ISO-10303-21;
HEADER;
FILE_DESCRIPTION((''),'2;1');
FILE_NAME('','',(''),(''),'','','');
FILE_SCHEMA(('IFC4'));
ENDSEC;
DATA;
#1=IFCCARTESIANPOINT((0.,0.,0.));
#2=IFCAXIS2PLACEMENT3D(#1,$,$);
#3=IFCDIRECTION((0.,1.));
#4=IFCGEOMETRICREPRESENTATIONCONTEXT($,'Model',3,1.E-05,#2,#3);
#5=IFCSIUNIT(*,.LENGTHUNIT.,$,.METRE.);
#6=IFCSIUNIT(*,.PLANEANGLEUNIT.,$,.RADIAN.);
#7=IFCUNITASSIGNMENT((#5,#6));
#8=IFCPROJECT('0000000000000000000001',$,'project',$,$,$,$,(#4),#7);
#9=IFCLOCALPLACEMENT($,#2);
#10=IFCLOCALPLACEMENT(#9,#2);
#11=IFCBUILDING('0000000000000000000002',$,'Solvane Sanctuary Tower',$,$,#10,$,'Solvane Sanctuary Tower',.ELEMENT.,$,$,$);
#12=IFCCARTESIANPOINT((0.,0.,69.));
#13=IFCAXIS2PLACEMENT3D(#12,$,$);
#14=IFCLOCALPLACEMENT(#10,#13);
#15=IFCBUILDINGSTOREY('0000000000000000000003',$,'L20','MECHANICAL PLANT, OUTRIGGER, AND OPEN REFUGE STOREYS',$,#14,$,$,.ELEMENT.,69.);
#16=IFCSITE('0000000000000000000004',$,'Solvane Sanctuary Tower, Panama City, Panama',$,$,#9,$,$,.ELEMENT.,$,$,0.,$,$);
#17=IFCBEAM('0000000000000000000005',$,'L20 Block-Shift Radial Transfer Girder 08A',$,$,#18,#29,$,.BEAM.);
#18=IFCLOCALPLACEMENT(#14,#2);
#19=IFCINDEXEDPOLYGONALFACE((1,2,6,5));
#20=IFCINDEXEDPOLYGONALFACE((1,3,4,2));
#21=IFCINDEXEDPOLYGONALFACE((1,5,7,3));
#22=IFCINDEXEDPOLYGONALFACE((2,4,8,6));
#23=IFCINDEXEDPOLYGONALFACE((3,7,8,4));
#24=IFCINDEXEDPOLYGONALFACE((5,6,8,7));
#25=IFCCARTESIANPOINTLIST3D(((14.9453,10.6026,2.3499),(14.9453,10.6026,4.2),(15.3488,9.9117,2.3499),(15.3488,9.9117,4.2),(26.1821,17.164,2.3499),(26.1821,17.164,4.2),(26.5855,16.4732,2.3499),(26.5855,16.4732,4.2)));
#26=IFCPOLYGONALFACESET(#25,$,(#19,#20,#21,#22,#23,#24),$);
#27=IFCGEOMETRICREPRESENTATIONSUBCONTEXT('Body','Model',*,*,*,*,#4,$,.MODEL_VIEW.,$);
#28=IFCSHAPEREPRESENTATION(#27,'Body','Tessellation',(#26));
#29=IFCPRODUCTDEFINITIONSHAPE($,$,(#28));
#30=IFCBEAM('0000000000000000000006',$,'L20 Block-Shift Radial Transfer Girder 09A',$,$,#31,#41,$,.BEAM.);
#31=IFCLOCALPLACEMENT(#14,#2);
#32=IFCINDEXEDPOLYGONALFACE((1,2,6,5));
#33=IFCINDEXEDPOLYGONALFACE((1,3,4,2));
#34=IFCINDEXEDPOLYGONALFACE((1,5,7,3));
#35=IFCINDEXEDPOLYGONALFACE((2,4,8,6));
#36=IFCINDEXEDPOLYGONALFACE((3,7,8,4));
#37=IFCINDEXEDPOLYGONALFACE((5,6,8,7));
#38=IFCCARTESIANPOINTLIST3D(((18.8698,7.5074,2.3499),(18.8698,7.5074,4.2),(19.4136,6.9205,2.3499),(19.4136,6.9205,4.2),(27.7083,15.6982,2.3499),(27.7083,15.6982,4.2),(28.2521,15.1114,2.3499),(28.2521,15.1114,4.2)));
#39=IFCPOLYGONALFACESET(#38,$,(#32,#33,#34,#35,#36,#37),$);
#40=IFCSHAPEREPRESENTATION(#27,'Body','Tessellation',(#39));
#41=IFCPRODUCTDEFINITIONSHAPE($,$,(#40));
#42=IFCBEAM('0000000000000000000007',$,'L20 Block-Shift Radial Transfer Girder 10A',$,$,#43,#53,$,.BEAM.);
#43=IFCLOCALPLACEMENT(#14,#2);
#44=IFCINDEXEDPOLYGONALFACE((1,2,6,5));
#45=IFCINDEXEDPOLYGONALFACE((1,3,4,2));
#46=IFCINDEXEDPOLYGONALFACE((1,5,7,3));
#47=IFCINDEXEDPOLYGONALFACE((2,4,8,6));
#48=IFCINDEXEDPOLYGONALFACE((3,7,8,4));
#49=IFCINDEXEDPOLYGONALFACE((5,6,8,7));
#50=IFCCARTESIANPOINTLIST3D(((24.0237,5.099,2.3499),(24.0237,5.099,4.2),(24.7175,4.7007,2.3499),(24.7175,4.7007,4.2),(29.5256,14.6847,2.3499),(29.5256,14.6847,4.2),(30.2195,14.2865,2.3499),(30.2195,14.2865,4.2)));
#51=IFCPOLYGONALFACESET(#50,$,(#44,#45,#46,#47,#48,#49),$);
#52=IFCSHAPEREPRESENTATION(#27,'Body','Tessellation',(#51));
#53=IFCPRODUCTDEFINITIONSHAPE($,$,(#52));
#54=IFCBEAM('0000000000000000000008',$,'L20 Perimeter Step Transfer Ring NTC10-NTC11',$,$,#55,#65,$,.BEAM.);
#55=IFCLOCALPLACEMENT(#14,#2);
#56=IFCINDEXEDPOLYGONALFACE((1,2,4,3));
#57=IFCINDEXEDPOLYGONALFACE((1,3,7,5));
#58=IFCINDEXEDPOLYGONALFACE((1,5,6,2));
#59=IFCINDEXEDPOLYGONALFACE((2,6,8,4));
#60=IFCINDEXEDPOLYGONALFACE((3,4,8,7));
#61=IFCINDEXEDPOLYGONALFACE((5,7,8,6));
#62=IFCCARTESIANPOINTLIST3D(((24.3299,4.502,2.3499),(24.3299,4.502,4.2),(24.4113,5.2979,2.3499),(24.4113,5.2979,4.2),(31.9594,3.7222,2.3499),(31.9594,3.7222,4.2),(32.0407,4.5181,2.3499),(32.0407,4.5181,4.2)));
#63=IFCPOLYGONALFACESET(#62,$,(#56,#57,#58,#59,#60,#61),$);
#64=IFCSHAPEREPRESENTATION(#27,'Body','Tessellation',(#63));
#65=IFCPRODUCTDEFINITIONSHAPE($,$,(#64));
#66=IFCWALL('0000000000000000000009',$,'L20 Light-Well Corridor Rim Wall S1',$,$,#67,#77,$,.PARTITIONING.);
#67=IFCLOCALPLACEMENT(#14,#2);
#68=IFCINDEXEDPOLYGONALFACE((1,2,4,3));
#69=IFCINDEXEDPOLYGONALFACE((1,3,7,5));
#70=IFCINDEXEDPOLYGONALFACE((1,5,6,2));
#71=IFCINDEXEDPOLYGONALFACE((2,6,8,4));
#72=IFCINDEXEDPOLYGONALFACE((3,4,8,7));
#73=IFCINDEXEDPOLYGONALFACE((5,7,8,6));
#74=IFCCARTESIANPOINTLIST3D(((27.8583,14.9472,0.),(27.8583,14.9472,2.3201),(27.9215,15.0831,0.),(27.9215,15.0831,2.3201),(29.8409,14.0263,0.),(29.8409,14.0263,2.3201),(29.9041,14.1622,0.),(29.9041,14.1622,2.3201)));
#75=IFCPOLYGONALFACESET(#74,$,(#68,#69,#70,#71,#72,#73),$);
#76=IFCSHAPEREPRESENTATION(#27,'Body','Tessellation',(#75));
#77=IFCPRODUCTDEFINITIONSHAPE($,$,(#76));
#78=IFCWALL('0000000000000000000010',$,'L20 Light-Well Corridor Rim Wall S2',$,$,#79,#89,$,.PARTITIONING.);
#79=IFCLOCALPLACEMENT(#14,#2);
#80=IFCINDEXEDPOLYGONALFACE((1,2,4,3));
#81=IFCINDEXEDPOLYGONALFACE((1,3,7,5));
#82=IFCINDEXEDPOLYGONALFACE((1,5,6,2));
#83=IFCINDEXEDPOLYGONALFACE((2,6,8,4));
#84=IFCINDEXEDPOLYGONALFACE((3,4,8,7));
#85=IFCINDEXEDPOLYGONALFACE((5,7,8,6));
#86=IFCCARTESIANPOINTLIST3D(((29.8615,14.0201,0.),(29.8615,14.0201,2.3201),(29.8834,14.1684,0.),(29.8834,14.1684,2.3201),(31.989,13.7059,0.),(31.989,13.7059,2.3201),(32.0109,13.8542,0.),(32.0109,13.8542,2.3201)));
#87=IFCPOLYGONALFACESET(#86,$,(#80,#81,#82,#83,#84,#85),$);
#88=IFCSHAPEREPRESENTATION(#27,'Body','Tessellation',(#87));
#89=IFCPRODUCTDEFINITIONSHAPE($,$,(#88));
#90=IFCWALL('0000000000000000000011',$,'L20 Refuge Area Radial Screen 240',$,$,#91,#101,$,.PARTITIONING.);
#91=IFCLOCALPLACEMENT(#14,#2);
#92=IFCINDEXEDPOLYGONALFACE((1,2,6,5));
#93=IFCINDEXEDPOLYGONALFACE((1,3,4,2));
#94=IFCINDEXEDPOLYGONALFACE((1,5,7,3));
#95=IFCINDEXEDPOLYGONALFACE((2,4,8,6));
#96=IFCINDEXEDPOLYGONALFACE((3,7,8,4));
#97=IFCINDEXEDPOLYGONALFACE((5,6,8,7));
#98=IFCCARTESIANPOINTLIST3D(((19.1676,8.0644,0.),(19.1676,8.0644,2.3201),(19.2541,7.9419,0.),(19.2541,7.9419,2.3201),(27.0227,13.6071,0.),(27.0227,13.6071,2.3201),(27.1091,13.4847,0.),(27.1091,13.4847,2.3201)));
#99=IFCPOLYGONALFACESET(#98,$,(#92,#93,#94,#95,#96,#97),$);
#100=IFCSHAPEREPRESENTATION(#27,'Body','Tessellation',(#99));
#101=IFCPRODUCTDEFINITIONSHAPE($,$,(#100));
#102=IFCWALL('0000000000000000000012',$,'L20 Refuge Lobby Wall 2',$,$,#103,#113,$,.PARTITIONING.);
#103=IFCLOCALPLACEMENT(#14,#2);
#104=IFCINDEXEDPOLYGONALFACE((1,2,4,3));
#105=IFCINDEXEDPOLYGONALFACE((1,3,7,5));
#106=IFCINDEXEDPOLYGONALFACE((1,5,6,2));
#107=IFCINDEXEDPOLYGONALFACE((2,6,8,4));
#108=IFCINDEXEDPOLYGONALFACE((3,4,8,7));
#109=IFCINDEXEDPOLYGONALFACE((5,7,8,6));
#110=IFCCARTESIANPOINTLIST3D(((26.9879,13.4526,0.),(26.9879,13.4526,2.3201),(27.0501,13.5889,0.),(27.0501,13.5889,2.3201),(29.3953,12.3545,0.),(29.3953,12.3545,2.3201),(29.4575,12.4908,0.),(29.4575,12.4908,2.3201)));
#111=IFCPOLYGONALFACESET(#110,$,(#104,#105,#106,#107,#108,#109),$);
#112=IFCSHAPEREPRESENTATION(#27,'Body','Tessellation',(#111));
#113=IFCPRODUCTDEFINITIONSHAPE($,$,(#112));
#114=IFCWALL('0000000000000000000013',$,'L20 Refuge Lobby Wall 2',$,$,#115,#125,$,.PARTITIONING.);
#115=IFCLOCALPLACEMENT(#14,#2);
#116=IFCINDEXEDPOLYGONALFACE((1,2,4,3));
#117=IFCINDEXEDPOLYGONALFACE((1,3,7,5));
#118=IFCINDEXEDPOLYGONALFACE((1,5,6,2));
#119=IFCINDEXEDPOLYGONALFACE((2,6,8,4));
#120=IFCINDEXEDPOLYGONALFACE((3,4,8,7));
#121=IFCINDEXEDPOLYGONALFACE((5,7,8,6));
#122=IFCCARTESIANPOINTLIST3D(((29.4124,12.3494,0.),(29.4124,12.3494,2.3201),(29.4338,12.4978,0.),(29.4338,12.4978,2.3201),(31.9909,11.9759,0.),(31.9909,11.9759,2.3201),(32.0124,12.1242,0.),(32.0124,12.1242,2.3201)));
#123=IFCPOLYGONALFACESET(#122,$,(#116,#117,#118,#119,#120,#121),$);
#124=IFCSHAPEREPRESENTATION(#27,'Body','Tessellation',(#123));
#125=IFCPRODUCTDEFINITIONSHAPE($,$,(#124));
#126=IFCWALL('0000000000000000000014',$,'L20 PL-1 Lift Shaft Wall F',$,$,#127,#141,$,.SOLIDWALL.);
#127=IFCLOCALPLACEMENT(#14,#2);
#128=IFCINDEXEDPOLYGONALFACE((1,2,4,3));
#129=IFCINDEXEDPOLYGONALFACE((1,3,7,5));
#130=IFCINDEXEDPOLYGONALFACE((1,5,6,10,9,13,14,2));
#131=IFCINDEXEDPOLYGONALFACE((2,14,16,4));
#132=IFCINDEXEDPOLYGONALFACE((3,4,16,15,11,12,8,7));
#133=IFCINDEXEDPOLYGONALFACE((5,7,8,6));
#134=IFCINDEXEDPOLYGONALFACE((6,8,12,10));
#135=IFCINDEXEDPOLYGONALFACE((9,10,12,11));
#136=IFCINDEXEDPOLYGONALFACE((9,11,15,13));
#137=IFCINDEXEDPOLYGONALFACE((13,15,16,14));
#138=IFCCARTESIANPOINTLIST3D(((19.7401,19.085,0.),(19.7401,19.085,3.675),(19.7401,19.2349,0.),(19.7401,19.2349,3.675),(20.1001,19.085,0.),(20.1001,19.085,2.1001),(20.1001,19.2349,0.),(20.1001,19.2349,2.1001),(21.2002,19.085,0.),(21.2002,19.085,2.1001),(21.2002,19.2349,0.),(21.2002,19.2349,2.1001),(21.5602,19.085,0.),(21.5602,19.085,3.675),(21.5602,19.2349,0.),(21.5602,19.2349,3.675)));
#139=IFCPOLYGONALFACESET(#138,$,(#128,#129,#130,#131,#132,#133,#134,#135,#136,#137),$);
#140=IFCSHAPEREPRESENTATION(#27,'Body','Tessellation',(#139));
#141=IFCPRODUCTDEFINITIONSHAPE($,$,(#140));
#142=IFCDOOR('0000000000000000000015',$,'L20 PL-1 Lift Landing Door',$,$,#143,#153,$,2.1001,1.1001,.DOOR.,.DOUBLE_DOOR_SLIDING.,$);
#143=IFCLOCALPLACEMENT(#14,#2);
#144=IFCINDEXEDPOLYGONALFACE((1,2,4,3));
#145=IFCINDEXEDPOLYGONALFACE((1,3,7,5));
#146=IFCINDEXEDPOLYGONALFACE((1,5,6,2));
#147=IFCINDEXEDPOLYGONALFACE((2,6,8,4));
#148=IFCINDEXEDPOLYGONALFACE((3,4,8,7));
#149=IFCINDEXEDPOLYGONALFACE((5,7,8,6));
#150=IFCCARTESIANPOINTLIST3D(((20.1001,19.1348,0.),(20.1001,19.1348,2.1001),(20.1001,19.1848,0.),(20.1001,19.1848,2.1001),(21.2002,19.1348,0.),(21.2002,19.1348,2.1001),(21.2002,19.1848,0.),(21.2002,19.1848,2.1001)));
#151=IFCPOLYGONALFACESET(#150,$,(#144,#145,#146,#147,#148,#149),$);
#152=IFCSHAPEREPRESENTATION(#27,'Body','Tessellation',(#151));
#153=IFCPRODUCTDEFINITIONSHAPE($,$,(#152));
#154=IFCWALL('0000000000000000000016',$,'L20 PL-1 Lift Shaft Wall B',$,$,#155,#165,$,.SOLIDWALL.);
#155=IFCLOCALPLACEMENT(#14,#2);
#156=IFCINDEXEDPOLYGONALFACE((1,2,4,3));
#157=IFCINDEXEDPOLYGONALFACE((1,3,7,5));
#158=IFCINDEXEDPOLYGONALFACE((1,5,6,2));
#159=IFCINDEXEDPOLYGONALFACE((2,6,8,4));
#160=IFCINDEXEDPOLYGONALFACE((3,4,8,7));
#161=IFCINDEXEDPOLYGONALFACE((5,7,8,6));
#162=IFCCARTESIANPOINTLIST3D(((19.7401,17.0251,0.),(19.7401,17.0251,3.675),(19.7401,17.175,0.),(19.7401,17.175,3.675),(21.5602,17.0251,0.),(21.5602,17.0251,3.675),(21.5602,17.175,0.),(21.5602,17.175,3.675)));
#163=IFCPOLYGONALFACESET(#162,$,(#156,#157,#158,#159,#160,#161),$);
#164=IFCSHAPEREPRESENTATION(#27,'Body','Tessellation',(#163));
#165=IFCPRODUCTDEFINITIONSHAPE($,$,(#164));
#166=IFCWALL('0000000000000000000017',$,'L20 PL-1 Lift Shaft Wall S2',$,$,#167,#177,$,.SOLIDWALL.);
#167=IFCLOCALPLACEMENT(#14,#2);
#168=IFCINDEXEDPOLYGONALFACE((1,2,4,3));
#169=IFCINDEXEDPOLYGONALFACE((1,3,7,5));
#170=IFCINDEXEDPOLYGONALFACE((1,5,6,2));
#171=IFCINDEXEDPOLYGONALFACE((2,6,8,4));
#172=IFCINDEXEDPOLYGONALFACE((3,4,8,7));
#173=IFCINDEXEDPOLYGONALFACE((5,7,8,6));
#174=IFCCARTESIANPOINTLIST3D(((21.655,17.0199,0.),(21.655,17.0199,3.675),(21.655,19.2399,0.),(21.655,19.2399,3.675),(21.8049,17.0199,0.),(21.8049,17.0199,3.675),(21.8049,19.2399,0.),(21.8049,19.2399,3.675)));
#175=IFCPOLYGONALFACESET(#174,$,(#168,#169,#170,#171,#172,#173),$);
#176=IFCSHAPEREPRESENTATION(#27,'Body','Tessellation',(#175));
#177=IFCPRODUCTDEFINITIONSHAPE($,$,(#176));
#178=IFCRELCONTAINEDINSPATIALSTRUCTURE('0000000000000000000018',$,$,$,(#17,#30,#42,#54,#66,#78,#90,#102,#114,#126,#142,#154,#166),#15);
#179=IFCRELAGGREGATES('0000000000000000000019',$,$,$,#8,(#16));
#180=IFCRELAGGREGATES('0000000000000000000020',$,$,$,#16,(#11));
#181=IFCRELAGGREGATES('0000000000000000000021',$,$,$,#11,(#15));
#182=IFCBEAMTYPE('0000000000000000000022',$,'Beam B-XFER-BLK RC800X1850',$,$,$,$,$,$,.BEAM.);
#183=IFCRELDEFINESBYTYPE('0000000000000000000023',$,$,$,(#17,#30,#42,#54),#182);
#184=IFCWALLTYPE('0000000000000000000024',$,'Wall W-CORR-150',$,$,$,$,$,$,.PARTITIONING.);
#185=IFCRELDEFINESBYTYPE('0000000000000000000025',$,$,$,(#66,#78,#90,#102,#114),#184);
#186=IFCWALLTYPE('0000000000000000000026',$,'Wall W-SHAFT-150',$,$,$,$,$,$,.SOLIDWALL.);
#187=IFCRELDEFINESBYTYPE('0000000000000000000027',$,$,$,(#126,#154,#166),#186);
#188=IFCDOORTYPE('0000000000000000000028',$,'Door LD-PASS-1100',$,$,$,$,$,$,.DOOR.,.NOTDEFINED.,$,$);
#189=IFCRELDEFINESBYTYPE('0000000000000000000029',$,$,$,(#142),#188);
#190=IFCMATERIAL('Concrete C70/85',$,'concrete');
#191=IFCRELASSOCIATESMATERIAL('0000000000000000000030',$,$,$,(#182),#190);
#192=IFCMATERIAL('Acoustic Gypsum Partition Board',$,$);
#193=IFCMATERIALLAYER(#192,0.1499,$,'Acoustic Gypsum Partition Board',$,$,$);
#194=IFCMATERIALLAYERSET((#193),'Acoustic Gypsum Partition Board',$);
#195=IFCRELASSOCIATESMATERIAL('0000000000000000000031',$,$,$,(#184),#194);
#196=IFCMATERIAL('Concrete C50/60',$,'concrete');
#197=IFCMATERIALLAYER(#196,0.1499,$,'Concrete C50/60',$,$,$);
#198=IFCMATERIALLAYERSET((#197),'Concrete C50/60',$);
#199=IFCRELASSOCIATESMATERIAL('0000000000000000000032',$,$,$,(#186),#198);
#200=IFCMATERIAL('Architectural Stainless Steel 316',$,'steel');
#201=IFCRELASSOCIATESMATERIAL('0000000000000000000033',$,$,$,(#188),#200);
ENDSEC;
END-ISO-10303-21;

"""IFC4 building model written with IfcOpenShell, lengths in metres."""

from ifc_helpers import new_model, si_unit, direction, frame, frame_2d, origin, origin_2d, place, context, subcontext, project, spatial, rectangle, extrude, material, layer, layer_set, material_profile, profile_set, type_object, element, fill, save


model = new_model("IFC4")

# Units and contexts
model_context = context("Model", 3, precision=1e-05, world=origin(), true_north=direction((0.0, 1.0)))
body_context = subcontext(model_context, "Body", "Model", "MODEL_VIEW")
ifc_project = project(units=[si_unit("LENGTHUNIT", "METRE"), si_unit("PLANEANGLEUNIT", "RADIAN")], contexts=[model_context])

# Site, building, storey
site_placement = place(None, origin())
site = spatial("IfcSite", under=ifc_project, at=site_placement, Name="Solvane Sanctuary Tower, Panama City, Panama", CompositionType="ELEMENT", RefElevation=0.0)
building_placement = place(site_placement, origin())
building = spatial("IfcBuilding", under=site, at=building_placement, Name="Solvane Sanctuary Tower", LongName="Solvane Sanctuary Tower", CompositionType="ELEMENT")
storey_placement = place(building_placement, frame((0.0, 0.0, 69.0)))
storey = spatial("IfcBuildingStorey", under=building, at=storey_placement, Name="L20", Description="MECHANICAL PLANT, OUTRIGGER, AND OPEN REFUGE STOREYS", CompositionType="ELEMENT", Elevation=69.0)

# Shared definitions
ifc_material_1 = material(Name="Concrete C70/85", Category="concrete")

# Beams
ifc_material_profile_1 = material_profile(ifc_material_1, rectangle(XDim=0.8, YDim=1.8501, at=origin_2d()), Name="RC800X1850")
ifc_profile_set_1 = profile_set([ifc_material_profile_1], Name="Concrete C70/85")
beam_type_1 = type_object("IfcBeamType", Name="Beam B-XFER-BLK RC800X1850", PredefinedType="BEAM", material=ifc_profile_set_1)
beam_1_placement = place(storey_placement, frame((26.3838, 16.8186, 3.2749), z_axis=(-0.863554, -0.504256, 0.0), x_axis=(0.504256, -0.863554, 0.0)))
element("IfcBeam", 1, at=beam_1_placement, inside=storey, type_object=beam_type_1, Name="L20 Block-Shift Radial Transfer Girder 08A", PredefinedType="BEAM", context=body_context, shape_type="SweptSolid", body=[
    extrude(rectangle(XDim=0.8, YDim=1.8501, at=origin_2d()), origin(), (0.0, 0.0, 1.0), 13.0122),
])
beam_2_placement = place(storey_placement, frame((27.9802, 15.4048, 3.2749), z_axis=(-0.733471, -0.679721, 0.0), x_axis=(0.679721, -0.733471, 0.0)))
element("IfcBeam", 2, at=beam_2_placement, inside=storey, type_object=beam_type_1, Name="L20 Block-Shift Radial Transfer Girder 09A", PredefinedType="BEAM", context=body_context, shape_type="SweptSolid", body=[
    extrude(rectangle(XDim=0.8, YDim=1.8501, at=origin_2d()), origin(), (0.0, 0.0, 1.0), 12.0503),
])
beam_3_placement = place(storey_placement, frame((29.8726, 14.4856, 3.2749), z_axis=(-0.497803, -0.86729, 0.0), x_axis=(0.86729, -0.497803, 0.0)))
element("IfcBeam", 3, at=beam_3_placement, inside=storey, type_object=beam_type_1, Name="L20 Block-Shift Radial Transfer Girder 10A", PredefinedType="BEAM", context=body_context, shape_type="SweptSolid", body=[
    extrude(rectangle(XDim=0.8, YDim=1.8501, at=origin_2d()), origin(), (0.0, 0.0, 1.0), 11.0525),
])
beam_4_placement = place(storey_placement, frame((24.3706, 4.8999, 3.2749), z_axis=(0.994817, -0.101678, 0.0), x_axis=(0.101678, 0.994817, 0.0)))
element("IfcBeam", 4, at=beam_4_placement, inside=storey, type_object=beam_type_1, Name="L20 Perimeter Step Transfer Ring NTC10-NTC11", PredefinedType="BEAM", context=body_context, shape_type="SweptSolid", body=[
    extrude(rectangle(XDim=0.8, YDim=1.8501, at=origin_2d()), origin(), (0.0, 0.0, 1.0), 7.6692),
])

# Walls
ifc_material_2 = material(Name="Acoustic Gypsum Partition Board")
ifc_layer_1 = layer(ifc_material_2, 0.1499, Name="Acoustic Gypsum Partition Board")
ifc_layer_set_1 = layer_set([ifc_layer_1], Name="Acoustic Gypsum Partition Board")
wall_type_1 = type_object("IfcWallType", Name="Wall W-CORR-150", PredefinedType="PARTITIONING", material=ifc_layer_set_1)
wall_1_placement = place(storey_placement, frame((27.8899, 15.0151, 0.0), z_axis=(0.0, 0.0, 1.0), x_axis=(0.906943, -0.421252, 0.0)))
element("IfcWall", 5, at=wall_1_placement, inside=storey, type_object=wall_type_1, Name="L20 Light-Well Corridor Rim Wall S1", PredefinedType="PARTITIONING", context=body_context, shape_type="SweptSolid", body=[
    extrude(rectangle(XDim=2.186, YDim=0.1499, at=frame_2d((1.093, 0.0))), origin(), (0.0, 0.0, 1.0), 2.3201),
])
wall_2_placement = place(storey_placement, frame((29.8726, 14.0942, 0.0), z_axis=(0.0, 0.0, 1.0), x_axis=(0.989269, -0.146108, 0.0)))
element("IfcWall", 6, at=wall_2_placement, inside=storey, type_object=wall_type_1, Name="L20 Light-Well Corridor Rim Wall S2", PredefinedType="PARTITIONING", context=body_context, shape_type="SweptSolid", body=[
    extrude(rectangle(XDim=2.1506, YDim=0.1499, at=frame_2d((1.0752, 0.0))), origin(), (0.0, 0.0, 1.0), 2.3201),
])
wall_3_placement = place(storey_placement, frame((27.0659, 13.5459, 0.0), z_axis=(0.0, 0.0, 1.0), x_axis=(-0.817064, -0.576547, 0.0)))
element("IfcWall", 7, at=wall_3_placement, inside=storey, type_object=wall_type_1, Name="L20 Refuge Area Radial Screen 240", PredefinedType="PARTITIONING", context=body_context, shape_type="SweptSolid", body=[
    extrude(rectangle(XDim=9.6138, YDim=0.1499, at=frame_2d((4.8069, 0.0))), origin(), (0.0, 0.0, 1.0), 2.3201),
])
wall_4_placement = place(storey_placement, frame((27.019, 13.5208, 0.0), z_axis=(0.0, 0.0, 1.0), x_axis=(0.909819, -0.415005, 0.0)))
element("IfcWall", 8, at=wall_4_placement, inside=storey, type_object=wall_type_1, Name="L20 Refuge Lobby Wall 2", PredefinedType="PARTITIONING", context=body_context, shape_type="SweptSolid", body=[
    extrude(rectangle(XDim=2.646, YDim=0.1499, at=frame_2d((1.323, 0.0))), origin(), (0.0, 0.0, 1.0), 2.3201),
])
wall_5_placement = place(storey_placement, frame((29.4231, 12.4236, 0.0), z_axis=(0.0, 0.0, 1.0), x_axis=(0.98967, -0.143363, 0.0)))
element("IfcWall", 9, at=wall_5_placement, inside=storey, type_object=wall_type_1, Name="L20 Refuge Lobby Wall 2", PredefinedType="PARTITIONING", context=body_context, shape_type="SweptSolid", body=[
    extrude(rectangle(XDim=2.6055, YDim=0.1499, at=frame_2d((1.3027, 0.0))), origin(), (0.0, 0.0, 1.0), 2.3201),
])

# Wall, opening, door
ifc_material_3 = material(Name="Concrete C50/60", Category="concrete")
ifc_layer_2 = layer(ifc_material_3, 0.1499, Name="Concrete C50/60")
ifc_layer_set_2 = layer_set([ifc_layer_2], Name="Concrete C50/60")
wall_type_2 = type_object("IfcWallType", Name="Wall W-SHAFT-150", PredefinedType="SOLIDWALL", material=ifc_layer_set_2)
wall_6_placement = place(storey_placement, frame((19.74, 19.1599, 0.0), z_axis=(0.0, 0.0, 1.0), x_axis=(1.0, 0.0, 0.0)))
wall_6 = element("IfcWall", 10, at=wall_6_placement, inside=storey, type_object=wall_type_2, Name="L20 PL-1 Lift Shaft Wall F", PredefinedType="SOLIDWALL", context=body_context, shape_type="SweptSolid", body=[
    extrude(rectangle(XDim=1.8201, YDim=0.1499, at=frame_2d((0.9102, 0.0))), origin(), (0.0, 0.0, 1.0), 3.675),
])
opening_1_placement = place(wall_6_placement, frame((0.3601, 0.0, 0.0)))
opening_1 = element("IfcOpeningElement", 11, at=opening_1_placement, cuts=wall_6, PredefinedType="OPENING", context=body_context, shape_type="SweptSolid", body=[
    extrude(rectangle(XDim=1.1001, YDim=2.1001, at=frame_2d((0.55, 1.05))), frame((0.0, 0.085, 0.0), z_axis=(0.0, -1.0, 0.0), x_axis=(1.0, 0.0, 0.0)), (0.0, 0.0, 1.0), 0.1699),
])
ifc_material_4 = material(Name="Architectural Stainless Steel 316", Category="steel")
door_type = type_object("IfcDoorType", Name="Door LD-PASS-1100", OperationType="NOTDEFINED", PredefinedType="DOOR", material=ifc_material_4)
door_1_placement = place(opening_1_placement, origin())
door_1 = element("IfcDoor", 12, at=door_1_placement, inside=storey, type_object=door_type, Name="L20 PL-1 Lift Landing Door", OperationType="DOUBLE_DOOR_SLIDING", OverallHeight=2.1001, OverallWidth=1.1001, PredefinedType="DOOR", context=body_context, shape_type="SweptSolid", body=[
    extrude(rectangle(XDim=1.1001, YDim=2.1001, at=frame_2d((0.55, 1.05))), frame((0.0, 0.0249, 0.0), z_axis=(0.0, -1.0, 0.0), x_axis=(1.0, 0.0, 0.0)), (0.0, 0.0, 1.0), 0.05),
])
fill(opening_1, door_1)

# Walls
wall_7_placement = place(storey_placement, frame((19.74, 17.1001, 0.0), z_axis=(0.0, 0.0, 1.0), x_axis=(1.0, 0.0, 0.0)))
element("IfcWall", 13, at=wall_7_placement, inside=storey, type_object=wall_type_2, Name="L20 PL-1 Lift Shaft Wall B", PredefinedType="SOLIDWALL", context=body_context, shape_type="SweptSolid", body=[
    extrude(rectangle(XDim=1.8201, YDim=0.1499, at=frame_2d((0.9102, 0.0))), origin(), (0.0, 0.0, 1.0), 3.675),
])
wall_8_placement = place(storey_placement, frame((21.73, 17.02, 0.0), z_axis=(0.0, 0.0, 1.0), x_axis=(0.0, 1.0, 0.0)))
element("IfcWall", 14, at=wall_8_placement, inside=storey, type_object=wall_type_2, Name="L20 PL-1 Lift Shaft Wall S2", PredefinedType="SOLIDWALL", context=body_context, shape_type="SweptSolid", body=[
    extrude(rectangle(XDim=2.22, YDim=0.1499, at=frame_2d((1.1099, 0.0))), origin(), (0.0, 0.0, 1.0), 3.675),
])

save(model, "model.ifc")
